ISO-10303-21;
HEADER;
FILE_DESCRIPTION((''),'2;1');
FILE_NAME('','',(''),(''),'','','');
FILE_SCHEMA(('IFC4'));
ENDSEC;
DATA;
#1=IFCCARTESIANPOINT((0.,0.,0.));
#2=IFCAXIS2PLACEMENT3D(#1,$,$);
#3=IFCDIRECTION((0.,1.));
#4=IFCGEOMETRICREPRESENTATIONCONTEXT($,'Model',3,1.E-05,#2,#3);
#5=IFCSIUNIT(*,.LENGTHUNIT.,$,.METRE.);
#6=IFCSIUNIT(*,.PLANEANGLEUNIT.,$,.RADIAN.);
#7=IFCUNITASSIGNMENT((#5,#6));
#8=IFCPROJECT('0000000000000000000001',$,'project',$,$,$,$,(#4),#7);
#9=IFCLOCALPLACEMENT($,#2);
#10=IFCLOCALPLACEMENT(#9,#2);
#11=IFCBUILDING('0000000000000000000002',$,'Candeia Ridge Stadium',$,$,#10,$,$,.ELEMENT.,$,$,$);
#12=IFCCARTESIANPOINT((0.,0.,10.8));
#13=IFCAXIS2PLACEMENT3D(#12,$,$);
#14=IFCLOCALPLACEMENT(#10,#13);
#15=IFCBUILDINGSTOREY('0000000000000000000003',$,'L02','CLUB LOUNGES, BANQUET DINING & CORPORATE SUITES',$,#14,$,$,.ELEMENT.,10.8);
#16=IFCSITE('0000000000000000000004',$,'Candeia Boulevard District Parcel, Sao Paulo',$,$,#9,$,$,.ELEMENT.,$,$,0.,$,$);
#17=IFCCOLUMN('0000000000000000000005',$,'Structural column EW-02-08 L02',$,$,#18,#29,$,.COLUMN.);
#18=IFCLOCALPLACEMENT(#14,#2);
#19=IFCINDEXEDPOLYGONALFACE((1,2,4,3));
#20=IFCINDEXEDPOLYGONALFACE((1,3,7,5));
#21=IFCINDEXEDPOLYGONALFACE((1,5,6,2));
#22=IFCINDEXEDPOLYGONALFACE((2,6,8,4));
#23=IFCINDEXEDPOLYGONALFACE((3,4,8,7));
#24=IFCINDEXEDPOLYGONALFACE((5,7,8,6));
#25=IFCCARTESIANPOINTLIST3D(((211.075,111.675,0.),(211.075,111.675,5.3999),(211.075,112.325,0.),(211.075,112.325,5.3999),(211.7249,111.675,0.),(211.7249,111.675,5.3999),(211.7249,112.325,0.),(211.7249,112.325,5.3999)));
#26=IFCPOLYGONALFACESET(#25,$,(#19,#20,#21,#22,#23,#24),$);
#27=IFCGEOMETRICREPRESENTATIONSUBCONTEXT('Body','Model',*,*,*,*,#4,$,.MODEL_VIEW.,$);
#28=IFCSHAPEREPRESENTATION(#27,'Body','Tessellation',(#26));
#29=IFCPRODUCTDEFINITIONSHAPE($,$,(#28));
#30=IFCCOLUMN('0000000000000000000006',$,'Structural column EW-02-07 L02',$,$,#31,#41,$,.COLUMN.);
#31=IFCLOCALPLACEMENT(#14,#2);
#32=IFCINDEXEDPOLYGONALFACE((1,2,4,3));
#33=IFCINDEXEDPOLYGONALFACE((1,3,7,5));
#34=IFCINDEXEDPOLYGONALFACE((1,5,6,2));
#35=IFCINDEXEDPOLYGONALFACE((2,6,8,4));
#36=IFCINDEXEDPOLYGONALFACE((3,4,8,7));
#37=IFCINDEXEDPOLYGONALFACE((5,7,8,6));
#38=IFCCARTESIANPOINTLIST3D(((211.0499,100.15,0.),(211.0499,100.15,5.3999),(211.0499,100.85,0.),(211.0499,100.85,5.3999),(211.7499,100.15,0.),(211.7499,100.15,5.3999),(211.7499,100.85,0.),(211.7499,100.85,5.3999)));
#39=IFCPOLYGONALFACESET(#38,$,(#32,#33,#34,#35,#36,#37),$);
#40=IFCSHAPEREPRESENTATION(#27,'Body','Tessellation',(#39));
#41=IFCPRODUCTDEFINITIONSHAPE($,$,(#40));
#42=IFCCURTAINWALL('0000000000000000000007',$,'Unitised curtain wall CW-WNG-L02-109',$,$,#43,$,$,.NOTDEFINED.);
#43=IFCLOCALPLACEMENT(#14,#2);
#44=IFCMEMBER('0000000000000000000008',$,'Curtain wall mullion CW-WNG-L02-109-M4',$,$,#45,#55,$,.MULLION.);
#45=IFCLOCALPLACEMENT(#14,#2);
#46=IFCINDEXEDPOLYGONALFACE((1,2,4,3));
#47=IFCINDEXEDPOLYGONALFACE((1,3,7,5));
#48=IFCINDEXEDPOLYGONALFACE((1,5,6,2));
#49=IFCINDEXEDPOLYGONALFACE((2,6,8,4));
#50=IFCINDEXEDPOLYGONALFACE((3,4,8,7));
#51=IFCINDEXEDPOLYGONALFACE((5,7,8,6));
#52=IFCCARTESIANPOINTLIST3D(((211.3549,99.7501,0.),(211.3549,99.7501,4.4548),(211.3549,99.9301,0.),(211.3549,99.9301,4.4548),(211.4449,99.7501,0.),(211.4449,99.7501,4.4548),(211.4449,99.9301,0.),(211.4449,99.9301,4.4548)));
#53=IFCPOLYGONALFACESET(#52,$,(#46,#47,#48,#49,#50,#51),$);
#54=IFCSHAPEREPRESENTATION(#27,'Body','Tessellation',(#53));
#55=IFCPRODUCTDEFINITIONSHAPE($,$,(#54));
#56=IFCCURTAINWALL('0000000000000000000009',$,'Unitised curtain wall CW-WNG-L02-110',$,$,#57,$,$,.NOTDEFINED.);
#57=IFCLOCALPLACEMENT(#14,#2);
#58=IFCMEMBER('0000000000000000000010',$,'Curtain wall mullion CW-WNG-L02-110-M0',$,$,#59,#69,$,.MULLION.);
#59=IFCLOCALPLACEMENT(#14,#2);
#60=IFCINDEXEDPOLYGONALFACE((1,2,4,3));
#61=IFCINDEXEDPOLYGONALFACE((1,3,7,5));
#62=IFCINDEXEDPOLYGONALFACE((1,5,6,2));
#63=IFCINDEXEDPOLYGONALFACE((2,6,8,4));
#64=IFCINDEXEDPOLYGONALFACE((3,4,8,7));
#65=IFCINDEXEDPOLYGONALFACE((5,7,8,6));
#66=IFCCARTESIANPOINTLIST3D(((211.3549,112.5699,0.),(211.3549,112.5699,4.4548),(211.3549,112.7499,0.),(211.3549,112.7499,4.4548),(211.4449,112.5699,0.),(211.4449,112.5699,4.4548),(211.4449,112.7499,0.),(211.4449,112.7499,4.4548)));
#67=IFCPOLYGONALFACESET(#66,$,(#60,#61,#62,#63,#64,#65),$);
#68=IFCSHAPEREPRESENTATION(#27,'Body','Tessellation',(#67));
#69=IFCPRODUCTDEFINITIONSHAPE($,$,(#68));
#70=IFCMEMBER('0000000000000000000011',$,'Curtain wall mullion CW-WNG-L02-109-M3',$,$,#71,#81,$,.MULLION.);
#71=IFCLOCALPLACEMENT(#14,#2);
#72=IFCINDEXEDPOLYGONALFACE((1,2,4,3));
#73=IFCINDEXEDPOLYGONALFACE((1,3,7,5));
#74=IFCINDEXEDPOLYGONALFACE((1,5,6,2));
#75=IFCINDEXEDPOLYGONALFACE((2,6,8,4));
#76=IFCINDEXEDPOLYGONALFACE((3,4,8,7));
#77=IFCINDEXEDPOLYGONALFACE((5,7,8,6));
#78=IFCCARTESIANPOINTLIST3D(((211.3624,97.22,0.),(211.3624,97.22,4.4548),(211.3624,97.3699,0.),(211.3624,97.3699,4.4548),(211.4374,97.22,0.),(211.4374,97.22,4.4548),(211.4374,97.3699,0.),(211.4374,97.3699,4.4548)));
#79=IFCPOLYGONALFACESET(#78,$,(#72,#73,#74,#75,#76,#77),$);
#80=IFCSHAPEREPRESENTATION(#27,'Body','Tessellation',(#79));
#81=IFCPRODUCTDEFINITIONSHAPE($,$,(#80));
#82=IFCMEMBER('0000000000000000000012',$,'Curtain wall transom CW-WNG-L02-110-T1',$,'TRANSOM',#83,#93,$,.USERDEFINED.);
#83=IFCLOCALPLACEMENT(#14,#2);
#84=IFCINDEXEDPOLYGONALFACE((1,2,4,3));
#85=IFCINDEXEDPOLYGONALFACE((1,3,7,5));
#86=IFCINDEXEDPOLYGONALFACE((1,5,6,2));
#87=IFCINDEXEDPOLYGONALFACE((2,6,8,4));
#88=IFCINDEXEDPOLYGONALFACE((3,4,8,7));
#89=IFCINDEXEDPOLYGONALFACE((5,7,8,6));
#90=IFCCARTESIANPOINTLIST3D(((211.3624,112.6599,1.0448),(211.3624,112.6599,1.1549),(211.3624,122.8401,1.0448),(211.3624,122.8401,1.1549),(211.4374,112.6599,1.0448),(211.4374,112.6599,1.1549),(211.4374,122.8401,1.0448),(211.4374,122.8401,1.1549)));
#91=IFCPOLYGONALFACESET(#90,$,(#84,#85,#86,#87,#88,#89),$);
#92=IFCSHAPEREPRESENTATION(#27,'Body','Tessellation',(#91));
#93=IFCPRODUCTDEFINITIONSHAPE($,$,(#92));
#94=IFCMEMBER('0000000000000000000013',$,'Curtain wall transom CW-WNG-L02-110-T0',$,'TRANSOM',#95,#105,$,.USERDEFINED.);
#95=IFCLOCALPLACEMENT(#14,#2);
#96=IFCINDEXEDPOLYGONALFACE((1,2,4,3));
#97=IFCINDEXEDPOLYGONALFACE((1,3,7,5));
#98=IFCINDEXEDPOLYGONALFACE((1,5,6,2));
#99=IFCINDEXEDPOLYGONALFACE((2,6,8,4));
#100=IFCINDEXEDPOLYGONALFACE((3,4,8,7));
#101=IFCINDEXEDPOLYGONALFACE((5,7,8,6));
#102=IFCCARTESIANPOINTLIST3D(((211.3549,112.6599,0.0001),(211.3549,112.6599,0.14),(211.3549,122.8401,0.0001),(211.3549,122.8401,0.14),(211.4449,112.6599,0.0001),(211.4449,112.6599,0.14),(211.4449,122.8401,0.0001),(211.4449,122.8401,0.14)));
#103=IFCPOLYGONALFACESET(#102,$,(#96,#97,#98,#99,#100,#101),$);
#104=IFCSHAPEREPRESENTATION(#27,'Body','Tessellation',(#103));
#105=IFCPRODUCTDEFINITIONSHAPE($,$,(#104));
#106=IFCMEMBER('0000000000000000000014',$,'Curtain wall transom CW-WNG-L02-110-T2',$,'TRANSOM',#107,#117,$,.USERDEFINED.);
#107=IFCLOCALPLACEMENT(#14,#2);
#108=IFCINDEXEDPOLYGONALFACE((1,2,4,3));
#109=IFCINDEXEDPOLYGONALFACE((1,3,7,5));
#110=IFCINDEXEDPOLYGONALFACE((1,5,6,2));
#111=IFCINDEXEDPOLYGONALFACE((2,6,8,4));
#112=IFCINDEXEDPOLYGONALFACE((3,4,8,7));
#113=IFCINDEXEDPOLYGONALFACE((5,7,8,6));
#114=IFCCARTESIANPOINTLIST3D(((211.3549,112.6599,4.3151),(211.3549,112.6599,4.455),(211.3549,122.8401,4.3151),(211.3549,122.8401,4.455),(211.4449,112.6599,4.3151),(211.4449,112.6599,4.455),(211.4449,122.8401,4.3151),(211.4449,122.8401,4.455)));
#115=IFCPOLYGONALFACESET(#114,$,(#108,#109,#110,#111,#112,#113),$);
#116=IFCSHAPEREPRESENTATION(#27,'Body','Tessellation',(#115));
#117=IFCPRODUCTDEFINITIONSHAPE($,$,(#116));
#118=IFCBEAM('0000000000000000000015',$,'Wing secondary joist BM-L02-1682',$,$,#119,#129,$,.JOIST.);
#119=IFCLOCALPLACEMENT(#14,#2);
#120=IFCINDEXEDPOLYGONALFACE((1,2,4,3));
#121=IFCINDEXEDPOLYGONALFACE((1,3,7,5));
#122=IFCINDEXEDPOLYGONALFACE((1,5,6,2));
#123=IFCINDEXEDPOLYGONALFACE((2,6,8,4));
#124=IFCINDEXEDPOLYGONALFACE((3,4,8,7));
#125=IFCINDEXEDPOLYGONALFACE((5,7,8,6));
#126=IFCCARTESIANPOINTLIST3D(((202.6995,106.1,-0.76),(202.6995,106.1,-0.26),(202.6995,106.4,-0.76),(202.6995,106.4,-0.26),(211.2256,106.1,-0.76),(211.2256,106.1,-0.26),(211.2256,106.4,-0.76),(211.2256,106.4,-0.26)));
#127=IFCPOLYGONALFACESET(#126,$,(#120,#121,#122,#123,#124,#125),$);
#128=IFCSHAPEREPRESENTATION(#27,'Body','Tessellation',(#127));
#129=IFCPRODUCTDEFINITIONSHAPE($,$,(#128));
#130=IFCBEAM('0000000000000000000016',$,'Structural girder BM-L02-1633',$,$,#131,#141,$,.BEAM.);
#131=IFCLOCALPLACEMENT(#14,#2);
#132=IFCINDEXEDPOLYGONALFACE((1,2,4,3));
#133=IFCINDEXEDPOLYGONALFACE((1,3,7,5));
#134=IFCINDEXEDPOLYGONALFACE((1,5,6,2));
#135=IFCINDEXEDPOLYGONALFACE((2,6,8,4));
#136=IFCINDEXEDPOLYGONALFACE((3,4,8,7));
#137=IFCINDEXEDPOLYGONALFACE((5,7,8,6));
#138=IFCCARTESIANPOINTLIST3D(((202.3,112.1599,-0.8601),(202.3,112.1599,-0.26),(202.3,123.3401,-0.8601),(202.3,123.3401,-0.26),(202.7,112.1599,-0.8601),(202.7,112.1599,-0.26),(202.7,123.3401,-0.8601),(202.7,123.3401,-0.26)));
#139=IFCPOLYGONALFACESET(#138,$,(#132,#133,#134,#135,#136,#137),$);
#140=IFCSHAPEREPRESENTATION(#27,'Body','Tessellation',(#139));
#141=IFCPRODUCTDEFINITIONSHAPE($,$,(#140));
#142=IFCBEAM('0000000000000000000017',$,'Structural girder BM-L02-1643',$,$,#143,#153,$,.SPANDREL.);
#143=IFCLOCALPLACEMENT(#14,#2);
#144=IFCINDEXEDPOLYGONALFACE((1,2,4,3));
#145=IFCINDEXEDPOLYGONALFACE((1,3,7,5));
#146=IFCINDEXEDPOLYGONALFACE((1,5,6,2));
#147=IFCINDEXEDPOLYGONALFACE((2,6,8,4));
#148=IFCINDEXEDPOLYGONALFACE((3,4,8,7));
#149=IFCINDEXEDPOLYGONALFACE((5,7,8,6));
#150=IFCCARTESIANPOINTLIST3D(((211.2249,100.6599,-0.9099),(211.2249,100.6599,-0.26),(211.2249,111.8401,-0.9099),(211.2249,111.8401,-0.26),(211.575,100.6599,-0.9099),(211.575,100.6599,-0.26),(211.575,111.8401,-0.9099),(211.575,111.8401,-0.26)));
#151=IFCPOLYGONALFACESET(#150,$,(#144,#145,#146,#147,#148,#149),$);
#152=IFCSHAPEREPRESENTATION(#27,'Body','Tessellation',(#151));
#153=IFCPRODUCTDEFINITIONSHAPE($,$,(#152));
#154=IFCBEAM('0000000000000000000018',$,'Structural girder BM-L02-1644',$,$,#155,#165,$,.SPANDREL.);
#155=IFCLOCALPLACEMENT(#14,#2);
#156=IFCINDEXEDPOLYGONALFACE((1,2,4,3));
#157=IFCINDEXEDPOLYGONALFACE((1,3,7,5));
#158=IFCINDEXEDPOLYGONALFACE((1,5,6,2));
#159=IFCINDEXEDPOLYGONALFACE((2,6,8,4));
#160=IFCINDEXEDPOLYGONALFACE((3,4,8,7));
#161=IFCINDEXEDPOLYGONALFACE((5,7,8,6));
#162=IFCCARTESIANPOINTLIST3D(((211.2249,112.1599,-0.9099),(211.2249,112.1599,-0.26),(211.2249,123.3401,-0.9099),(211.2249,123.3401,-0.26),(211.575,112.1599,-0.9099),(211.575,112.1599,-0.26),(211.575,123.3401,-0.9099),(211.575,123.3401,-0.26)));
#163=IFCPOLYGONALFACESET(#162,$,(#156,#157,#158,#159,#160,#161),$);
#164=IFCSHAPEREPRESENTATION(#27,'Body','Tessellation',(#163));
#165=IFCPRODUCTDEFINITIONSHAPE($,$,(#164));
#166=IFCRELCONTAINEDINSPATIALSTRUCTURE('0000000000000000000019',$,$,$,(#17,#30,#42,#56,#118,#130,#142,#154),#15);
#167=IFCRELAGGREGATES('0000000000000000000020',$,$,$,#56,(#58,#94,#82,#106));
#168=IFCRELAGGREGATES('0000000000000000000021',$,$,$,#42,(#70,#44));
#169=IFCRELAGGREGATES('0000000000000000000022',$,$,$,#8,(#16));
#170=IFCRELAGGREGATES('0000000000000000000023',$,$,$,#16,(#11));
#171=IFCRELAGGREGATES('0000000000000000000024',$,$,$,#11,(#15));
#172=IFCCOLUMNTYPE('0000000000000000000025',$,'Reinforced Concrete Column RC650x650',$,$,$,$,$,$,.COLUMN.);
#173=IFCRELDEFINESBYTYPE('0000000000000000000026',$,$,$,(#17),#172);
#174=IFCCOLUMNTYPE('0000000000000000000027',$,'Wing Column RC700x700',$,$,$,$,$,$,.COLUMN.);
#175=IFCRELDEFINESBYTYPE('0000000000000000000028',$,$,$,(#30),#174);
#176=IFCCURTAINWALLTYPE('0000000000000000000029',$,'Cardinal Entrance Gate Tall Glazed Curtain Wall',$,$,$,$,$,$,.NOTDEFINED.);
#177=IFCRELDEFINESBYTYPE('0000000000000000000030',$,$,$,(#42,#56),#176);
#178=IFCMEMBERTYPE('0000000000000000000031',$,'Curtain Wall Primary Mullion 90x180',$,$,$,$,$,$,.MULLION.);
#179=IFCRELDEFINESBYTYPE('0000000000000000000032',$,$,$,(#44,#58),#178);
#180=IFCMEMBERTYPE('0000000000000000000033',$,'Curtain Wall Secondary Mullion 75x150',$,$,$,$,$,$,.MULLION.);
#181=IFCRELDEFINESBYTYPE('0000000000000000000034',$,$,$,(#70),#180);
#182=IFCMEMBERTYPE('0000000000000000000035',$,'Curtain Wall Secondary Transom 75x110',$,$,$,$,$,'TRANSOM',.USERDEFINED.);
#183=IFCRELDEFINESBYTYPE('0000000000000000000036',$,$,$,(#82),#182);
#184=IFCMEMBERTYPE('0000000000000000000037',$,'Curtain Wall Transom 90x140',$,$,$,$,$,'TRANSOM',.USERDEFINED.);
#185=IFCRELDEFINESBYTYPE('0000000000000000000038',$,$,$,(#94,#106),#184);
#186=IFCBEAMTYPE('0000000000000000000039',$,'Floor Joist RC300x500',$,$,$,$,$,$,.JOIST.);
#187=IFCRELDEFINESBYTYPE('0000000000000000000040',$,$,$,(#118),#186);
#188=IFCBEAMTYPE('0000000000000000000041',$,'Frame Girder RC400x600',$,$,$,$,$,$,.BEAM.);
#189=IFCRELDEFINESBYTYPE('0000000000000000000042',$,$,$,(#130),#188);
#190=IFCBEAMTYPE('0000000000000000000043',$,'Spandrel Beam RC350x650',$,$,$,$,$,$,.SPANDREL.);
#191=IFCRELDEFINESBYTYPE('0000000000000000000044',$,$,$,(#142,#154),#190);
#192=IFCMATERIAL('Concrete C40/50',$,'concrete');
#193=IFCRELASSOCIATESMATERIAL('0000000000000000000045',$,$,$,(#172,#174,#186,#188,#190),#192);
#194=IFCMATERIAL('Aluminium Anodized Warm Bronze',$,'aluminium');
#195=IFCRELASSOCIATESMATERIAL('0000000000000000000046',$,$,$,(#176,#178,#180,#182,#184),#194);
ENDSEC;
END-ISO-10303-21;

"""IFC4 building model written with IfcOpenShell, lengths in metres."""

from ifc_helpers import new_model, si_unit, direction, frame, origin, origin_2d, place, context, subcontext, project, spatial, rectangle, extrude, material, material_profile, profile_set, type_object, element, aggregate, save


model = new_model("IFC4")

# Units and contexts
model_context = context("Model", 3, precision=1e-05, world=origin(), true_north=direction((0.0, 1.0)))
body_context = subcontext(model_context, "Body", "Model", "MODEL_VIEW")
ifc_project = project(units=[si_unit("LENGTHUNIT", "METRE"), si_unit("PLANEANGLEUNIT", "RADIAN")], contexts=[model_context])

# Site, building, storey
site_placement = place(None, origin())
site = spatial("IfcSite", under=ifc_project, at=site_placement, Name="Candeia Boulevard District Parcel, Sao Paulo", CompositionType="ELEMENT", RefElevation=0.0)
building_placement = place(site_placement, origin())
building = spatial("IfcBuilding", under=site, at=building_placement, Name="Candeia Ridge Stadium", CompositionType="ELEMENT")
storey_placement = place(building_placement, frame((0.0, 0.0, 10.8)))
storey = spatial("IfcBuildingStorey", under=building, at=storey_placement, Name="L02", Description="CLUB LOUNGES, BANQUET DINING & CORPORATE SUITES", CompositionType="ELEMENT", Elevation=10.8)

# Columns
ifc_material_1 = material(Name="Concrete C40/50", Category="concrete")
ifc_material_profile_1 = material_profile(ifc_material_1, rectangle(XDim=0.6499, YDim=0.6499, at=origin_2d()), Name="RC650x650", Category="concrete")
ifc_profile_set_1 = profile_set([ifc_material_profile_1], Name="Concrete C40/50")
column_type_1 = type_object("IfcColumnType", Name="Reinforced Concrete Column RC650x650", PredefinedType="COLUMN", material=ifc_profile_set_1)
column_1_placement = place(storey_placement, frame((211.3999, 112.0, 0.0), z_axis=(0.0, 0.0, 1.0), x_axis=(1.0, 0.0, 0.0)))
element("IfcColumn", 1, at=column_1_placement, inside=storey, type_object=column_type_1, Name="Structural column EW-02-08 L02", PredefinedType="COLUMN", context=body_context, shape_type="SweptSolid", body=[
    extrude(rectangle(XDim=0.6499, YDim=0.6499, at=origin_2d()), origin(), (0.0, 0.0, 1.0), 5.3999),
])
ifc_material_profile_2 = material_profile(ifc_material_1, rectangle(XDim=0.7, YDim=0.7, at=origin_2d()), Name="RC700x700", Category="concrete")
ifc_profile_set_2 = profile_set([ifc_material_profile_2], Name="Concrete C40/50")
column_type_2 = type_object("IfcColumnType", Name="Wing Column RC700x700", PredefinedType="COLUMN", material=ifc_profile_set_2)
column_2_placement = place(storey_placement, frame((211.3999, 100.5, 0.0), z_axis=(0.0, 0.0, 1.0), x_axis=(1.0, 0.0, 0.0)))
element("IfcColumn", 2, at=column_2_placement, inside=storey, type_object=column_type_2, Name="Structural column EW-02-07 L02", PredefinedType="COLUMN", context=body_context, shape_type="SweptSolid", body=[
    extrude(rectangle(XDim=0.7, YDim=0.7, at=origin_2d()), origin(), (0.0, 0.0, 1.0), 5.3999),
])

# Curtain walls, members
ifc_material_2 = material(Name="Aluminium Anodized Warm Bronze", Category="aluminium")
curtain_wall_type = type_object("IfcCurtainWallType", Name="Cardinal Entrance Gate Tall Glazed Curtain Wall", PredefinedType="NOTDEFINED", material=ifc_material_2)
curtain_wall_1_placement = place(storey_placement, origin())
curtain_wall_1 = element("IfcCurtainWall", 3, at=curtain_wall_1_placement, inside=storey, type_object=curtain_wall_type, Name="Unitised curtain wall CW-WNG-L02-109", PredefinedType="NOTDEFINED")
ifc_material_profile_3 = material_profile(ifc_material_2, rectangle(XDim=0.0901, YDim=0.1799, at=origin_2d()), Name="CWM-90x180", Category="aluminium")
ifc_profile_set_3 = profile_set([ifc_material_profile_3], Name="Aluminium Anodized Warm Bronze")
member_type_1 = type_object("IfcMemberType", Name="Curtain Wall Primary Mullion 90x180", PredefinedType="MULLION", material=ifc_profile_set_3)
member_1_placement = place(storey_placement, frame((211.3999, 99.8401, 0.0), z_axis=(0.0, 0.0, 1.0), x_axis=(1.0, 0.0, 0.0)))
member_1 = element("IfcMember", 4, at=member_1_placement, type_object=member_type_1, Name="Curtain wall mullion CW-WNG-L02-109-M4", PredefinedType="MULLION", context=body_context, shape_type="SweptSolid", body=[
    extrude(rectangle(XDim=0.0901, YDim=0.1799, at=origin_2d()), origin(), (0.0, 0.0, 1.0), 4.4548),
])
curtain_wall_2_placement = place(storey_placement, origin())
curtain_wall_2 = element("IfcCurtainWall", 5, at=curtain_wall_2_placement, inside=storey, type_object=curtain_wall_type, Name="Unitised curtain wall CW-WNG-L02-110", PredefinedType="NOTDEFINED")
member_2_placement = place(storey_placement, frame((211.3999, 112.6599, 0.0), z_axis=(0.0, 0.0, 1.0), x_axis=(1.0, 0.0, 0.0)))
member_2 = element("IfcMember", 6, at=member_2_placement, type_object=member_type_1, Name="Curtain wall mullion CW-WNG-L02-110-M0", PredefinedType="MULLION", context=body_context, shape_type="SweptSolid", body=[
    extrude(rectangle(XDim=0.0901, YDim=0.1799, at=origin_2d()), origin(), (0.0, 0.0, 1.0), 4.4548),
])

# Members
ifc_material_profile_4 = material_profile(ifc_material_2, rectangle(XDim=0.075, YDim=0.1499, at=origin_2d()), Name="CWM-75x150", Category="aluminium")
ifc_profile_set_4 = profile_set([ifc_material_profile_4], Name="Aluminium Anodized Warm Bronze")
member_type_2 = type_object("IfcMemberType", Name="Curtain Wall Secondary Mullion 75x150", PredefinedType="MULLION", material=ifc_profile_set_4)
member_3_placement = place(storey_placement, frame((211.3999, 97.2949, 0.0), z_axis=(0.0, 0.0, 1.0), x_axis=(1.0, 0.0, 0.0)))
member_3 = element("IfcMember", 7, at=member_3_placement, type_object=member_type_2, Name="Curtain wall mullion CW-WNG-L02-109-M3", PredefinedType="MULLION", context=body_context, shape_type="SweptSolid", body=[
    extrude(rectangle(XDim=0.075, YDim=0.1499, at=origin_2d()), origin(), (0.0, 0.0, 1.0), 4.4548),
])
ifc_material_profile_5 = material_profile(ifc_material_2, rectangle(XDim=0.075, YDim=0.1101, at=origin_2d()), Name="CWT-75x110", Category="aluminium")
ifc_profile_set_5 = profile_set([ifc_material_profile_5], Name="Aluminium Anodized Warm Bronze")
member_type_3 = type_object("IfcMemberType", Name="Curtain Wall Secondary Transom 75x110", ElementType="TRANSOM", PredefinedType="USERDEFINED", material=ifc_profile_set_5)
member_4_placement = place(storey_placement, frame((211.3999, 112.6599, 1.0999), z_axis=(0.0, 1.0, 0.0), x_axis=(-1.0, 0.0, 0.0)))
member_4 = element("IfcMember", 8, at=member_4_placement, type_object=member_type_3, Name="Curtain wall transom CW-WNG-L02-110-T1", ObjectType="TRANSOM", PredefinedType="USERDEFINED", context=body_context, shape_type="SweptSolid", body=[
    extrude(rectangle(XDim=0.075, YDim=0.1101, at=origin_2d()), origin(), (0.0, 0.0, 1.0), 10.1802),
])
ifc_material_profile_6 = material_profile(ifc_material_2, rectangle(XDim=0.0901, YDim=0.1399, at=origin_2d()), Name="CWT-90x140", Category="aluminium")
ifc_profile_set_6 = profile_set([ifc_material_profile_6], Name="Aluminium Anodized Warm Bronze")
member_type_4 = type_object("IfcMemberType", Name="Curtain Wall Transom 90x140", ElementType="TRANSOM", PredefinedType="USERDEFINED", material=ifc_profile_set_6)
member_5_placement = place(storey_placement, frame((211.3999, 112.6599, 0.0701), z_axis=(0.0, 1.0, 0.0), x_axis=(-1.0, 0.0, 0.0)))
member_5 = element("IfcMember", 9, at=member_5_placement, type_object=member_type_4, Name="Curtain wall transom CW-WNG-L02-110-T0", ObjectType="TRANSOM", PredefinedType="USERDEFINED", context=body_context, shape_type="SweptSolid", body=[
    extrude(rectangle(XDim=0.0901, YDim=0.1399, at=origin_2d()), origin(), (0.0, 0.0, 1.0), 10.1802),
])
member_6_placement = place(storey_placement, frame((211.3999, 112.6599, 4.385), z_axis=(0.0, 1.0, 0.0), x_axis=(-1.0, 0.0, 0.0)))
member_6 = element("IfcMember", 10, at=member_6_placement, type_object=member_type_4, Name="Curtain wall transom CW-WNG-L02-110-T2", ObjectType="TRANSOM", PredefinedType="USERDEFINED", context=body_context, shape_type="SweptSolid", body=[
    extrude(rectangle(XDim=0.0901, YDim=0.1399, at=origin_2d()), origin(), (0.0, 0.0, 1.0), 10.1802),
])
aggregate(curtain_wall_2, [member_2, member_5, member_4, member_6])

# Beams
ifc_material_profile_7 = material_profile(ifc_material_1, rectangle(XDim=0.3, YDim=0.5, at=origin_2d()), Name="RC300x500", Category="concrete")
ifc_profile_set_7 = profile_set([ifc_material_profile_7], Name="Concrete C40/50")
beam_type_1 = type_object("IfcBeamType", Name="Floor Joist RC300x500", PredefinedType="JOIST", material=ifc_profile_set_7)
beam_1_placement = place(storey_placement, frame((202.6995, 106.25, -0.51), z_axis=(1.0, 0.0, 0.0), x_axis=(0.0, 1.0, 0.0)))
element("IfcBeam", 11, at=beam_1_placement, inside=storey, type_object=beam_type_1, Name="Wing secondary joist BM-L02-1682", PredefinedType="JOIST", context=body_context, shape_type="SweptSolid", body=[
    extrude(rectangle(XDim=0.3, YDim=0.5, at=origin_2d()), origin(), (0.0, 0.0, 1.0), 8.5261),
])
ifc_material_profile_8 = material_profile(ifc_material_1, rectangle(XDim=0.3999, YDim=0.6001, at=origin_2d()), Name="RC400x600", Category="concrete")
ifc_profile_set_8 = profile_set([ifc_material_profile_8], Name="Concrete C40/50")
beam_type_2 = type_object("IfcBeamType", Name="Frame Girder RC400x600", PredefinedType="BEAM", material=ifc_profile_set_8)
beam_2_placement = place(storey_placement, frame((202.5, 112.1599, -0.5601), z_axis=(0.0, 1.0, 0.0), x_axis=(-1.0, 0.0, 0.0)))
element("IfcBeam", 12, at=beam_2_placement, inside=storey, type_object=beam_type_2, Name="Structural girder BM-L02-1633", PredefinedType="BEAM", context=body_context, shape_type="SweptSolid", body=[
    extrude(rectangle(XDim=0.3999, YDim=0.6001, at=origin_2d()), origin(), (0.0, 0.0, 1.0), 11.1802),
])
ifc_material_profile_9 = material_profile(ifc_material_1, rectangle(XDim=0.3501, YDim=0.6499, at=origin_2d()), Name="RC350x650", Category="concrete")
ifc_profile_set_9 = profile_set([ifc_material_profile_9], Name="Concrete C40/50")
beam_type_3 = type_object("IfcBeamType", Name="Spandrel Beam RC350x650", PredefinedType="SPANDREL", material=ifc_profile_set_9)
for number, where, z_axis, x_axis, name in (
    (13, (211.3999, 100.6599, -0.585), (0.0, 1.0, 0.0), (-1.0, 0.0, 0.0), "Structural girder BM-L02-1643"),
    (14, (211.3999, 112.1599, -0.585), (0.0, 1.0, 0.0), (-1.0, 0.0, 0.0), "Structural girder BM-L02-1644"),
):
    element("IfcBeam", number, at=place(storey_placement, frame(where, z_axis=z_axis, x_axis=x_axis)), inside=storey, type_object=beam_type_3, Name=name, PredefinedType="SPANDREL", context=body_context, shape_type="SweptSolid", body=[
        extrude(rectangle(XDim=0.3501, YDim=0.6499, at=origin_2d()), origin(), (0.0, 0.0, 1.0), 11.1802),
    ])

aggregate(curtain_wall_1, [member_3, member_1])

save(model, "model.ifc")
